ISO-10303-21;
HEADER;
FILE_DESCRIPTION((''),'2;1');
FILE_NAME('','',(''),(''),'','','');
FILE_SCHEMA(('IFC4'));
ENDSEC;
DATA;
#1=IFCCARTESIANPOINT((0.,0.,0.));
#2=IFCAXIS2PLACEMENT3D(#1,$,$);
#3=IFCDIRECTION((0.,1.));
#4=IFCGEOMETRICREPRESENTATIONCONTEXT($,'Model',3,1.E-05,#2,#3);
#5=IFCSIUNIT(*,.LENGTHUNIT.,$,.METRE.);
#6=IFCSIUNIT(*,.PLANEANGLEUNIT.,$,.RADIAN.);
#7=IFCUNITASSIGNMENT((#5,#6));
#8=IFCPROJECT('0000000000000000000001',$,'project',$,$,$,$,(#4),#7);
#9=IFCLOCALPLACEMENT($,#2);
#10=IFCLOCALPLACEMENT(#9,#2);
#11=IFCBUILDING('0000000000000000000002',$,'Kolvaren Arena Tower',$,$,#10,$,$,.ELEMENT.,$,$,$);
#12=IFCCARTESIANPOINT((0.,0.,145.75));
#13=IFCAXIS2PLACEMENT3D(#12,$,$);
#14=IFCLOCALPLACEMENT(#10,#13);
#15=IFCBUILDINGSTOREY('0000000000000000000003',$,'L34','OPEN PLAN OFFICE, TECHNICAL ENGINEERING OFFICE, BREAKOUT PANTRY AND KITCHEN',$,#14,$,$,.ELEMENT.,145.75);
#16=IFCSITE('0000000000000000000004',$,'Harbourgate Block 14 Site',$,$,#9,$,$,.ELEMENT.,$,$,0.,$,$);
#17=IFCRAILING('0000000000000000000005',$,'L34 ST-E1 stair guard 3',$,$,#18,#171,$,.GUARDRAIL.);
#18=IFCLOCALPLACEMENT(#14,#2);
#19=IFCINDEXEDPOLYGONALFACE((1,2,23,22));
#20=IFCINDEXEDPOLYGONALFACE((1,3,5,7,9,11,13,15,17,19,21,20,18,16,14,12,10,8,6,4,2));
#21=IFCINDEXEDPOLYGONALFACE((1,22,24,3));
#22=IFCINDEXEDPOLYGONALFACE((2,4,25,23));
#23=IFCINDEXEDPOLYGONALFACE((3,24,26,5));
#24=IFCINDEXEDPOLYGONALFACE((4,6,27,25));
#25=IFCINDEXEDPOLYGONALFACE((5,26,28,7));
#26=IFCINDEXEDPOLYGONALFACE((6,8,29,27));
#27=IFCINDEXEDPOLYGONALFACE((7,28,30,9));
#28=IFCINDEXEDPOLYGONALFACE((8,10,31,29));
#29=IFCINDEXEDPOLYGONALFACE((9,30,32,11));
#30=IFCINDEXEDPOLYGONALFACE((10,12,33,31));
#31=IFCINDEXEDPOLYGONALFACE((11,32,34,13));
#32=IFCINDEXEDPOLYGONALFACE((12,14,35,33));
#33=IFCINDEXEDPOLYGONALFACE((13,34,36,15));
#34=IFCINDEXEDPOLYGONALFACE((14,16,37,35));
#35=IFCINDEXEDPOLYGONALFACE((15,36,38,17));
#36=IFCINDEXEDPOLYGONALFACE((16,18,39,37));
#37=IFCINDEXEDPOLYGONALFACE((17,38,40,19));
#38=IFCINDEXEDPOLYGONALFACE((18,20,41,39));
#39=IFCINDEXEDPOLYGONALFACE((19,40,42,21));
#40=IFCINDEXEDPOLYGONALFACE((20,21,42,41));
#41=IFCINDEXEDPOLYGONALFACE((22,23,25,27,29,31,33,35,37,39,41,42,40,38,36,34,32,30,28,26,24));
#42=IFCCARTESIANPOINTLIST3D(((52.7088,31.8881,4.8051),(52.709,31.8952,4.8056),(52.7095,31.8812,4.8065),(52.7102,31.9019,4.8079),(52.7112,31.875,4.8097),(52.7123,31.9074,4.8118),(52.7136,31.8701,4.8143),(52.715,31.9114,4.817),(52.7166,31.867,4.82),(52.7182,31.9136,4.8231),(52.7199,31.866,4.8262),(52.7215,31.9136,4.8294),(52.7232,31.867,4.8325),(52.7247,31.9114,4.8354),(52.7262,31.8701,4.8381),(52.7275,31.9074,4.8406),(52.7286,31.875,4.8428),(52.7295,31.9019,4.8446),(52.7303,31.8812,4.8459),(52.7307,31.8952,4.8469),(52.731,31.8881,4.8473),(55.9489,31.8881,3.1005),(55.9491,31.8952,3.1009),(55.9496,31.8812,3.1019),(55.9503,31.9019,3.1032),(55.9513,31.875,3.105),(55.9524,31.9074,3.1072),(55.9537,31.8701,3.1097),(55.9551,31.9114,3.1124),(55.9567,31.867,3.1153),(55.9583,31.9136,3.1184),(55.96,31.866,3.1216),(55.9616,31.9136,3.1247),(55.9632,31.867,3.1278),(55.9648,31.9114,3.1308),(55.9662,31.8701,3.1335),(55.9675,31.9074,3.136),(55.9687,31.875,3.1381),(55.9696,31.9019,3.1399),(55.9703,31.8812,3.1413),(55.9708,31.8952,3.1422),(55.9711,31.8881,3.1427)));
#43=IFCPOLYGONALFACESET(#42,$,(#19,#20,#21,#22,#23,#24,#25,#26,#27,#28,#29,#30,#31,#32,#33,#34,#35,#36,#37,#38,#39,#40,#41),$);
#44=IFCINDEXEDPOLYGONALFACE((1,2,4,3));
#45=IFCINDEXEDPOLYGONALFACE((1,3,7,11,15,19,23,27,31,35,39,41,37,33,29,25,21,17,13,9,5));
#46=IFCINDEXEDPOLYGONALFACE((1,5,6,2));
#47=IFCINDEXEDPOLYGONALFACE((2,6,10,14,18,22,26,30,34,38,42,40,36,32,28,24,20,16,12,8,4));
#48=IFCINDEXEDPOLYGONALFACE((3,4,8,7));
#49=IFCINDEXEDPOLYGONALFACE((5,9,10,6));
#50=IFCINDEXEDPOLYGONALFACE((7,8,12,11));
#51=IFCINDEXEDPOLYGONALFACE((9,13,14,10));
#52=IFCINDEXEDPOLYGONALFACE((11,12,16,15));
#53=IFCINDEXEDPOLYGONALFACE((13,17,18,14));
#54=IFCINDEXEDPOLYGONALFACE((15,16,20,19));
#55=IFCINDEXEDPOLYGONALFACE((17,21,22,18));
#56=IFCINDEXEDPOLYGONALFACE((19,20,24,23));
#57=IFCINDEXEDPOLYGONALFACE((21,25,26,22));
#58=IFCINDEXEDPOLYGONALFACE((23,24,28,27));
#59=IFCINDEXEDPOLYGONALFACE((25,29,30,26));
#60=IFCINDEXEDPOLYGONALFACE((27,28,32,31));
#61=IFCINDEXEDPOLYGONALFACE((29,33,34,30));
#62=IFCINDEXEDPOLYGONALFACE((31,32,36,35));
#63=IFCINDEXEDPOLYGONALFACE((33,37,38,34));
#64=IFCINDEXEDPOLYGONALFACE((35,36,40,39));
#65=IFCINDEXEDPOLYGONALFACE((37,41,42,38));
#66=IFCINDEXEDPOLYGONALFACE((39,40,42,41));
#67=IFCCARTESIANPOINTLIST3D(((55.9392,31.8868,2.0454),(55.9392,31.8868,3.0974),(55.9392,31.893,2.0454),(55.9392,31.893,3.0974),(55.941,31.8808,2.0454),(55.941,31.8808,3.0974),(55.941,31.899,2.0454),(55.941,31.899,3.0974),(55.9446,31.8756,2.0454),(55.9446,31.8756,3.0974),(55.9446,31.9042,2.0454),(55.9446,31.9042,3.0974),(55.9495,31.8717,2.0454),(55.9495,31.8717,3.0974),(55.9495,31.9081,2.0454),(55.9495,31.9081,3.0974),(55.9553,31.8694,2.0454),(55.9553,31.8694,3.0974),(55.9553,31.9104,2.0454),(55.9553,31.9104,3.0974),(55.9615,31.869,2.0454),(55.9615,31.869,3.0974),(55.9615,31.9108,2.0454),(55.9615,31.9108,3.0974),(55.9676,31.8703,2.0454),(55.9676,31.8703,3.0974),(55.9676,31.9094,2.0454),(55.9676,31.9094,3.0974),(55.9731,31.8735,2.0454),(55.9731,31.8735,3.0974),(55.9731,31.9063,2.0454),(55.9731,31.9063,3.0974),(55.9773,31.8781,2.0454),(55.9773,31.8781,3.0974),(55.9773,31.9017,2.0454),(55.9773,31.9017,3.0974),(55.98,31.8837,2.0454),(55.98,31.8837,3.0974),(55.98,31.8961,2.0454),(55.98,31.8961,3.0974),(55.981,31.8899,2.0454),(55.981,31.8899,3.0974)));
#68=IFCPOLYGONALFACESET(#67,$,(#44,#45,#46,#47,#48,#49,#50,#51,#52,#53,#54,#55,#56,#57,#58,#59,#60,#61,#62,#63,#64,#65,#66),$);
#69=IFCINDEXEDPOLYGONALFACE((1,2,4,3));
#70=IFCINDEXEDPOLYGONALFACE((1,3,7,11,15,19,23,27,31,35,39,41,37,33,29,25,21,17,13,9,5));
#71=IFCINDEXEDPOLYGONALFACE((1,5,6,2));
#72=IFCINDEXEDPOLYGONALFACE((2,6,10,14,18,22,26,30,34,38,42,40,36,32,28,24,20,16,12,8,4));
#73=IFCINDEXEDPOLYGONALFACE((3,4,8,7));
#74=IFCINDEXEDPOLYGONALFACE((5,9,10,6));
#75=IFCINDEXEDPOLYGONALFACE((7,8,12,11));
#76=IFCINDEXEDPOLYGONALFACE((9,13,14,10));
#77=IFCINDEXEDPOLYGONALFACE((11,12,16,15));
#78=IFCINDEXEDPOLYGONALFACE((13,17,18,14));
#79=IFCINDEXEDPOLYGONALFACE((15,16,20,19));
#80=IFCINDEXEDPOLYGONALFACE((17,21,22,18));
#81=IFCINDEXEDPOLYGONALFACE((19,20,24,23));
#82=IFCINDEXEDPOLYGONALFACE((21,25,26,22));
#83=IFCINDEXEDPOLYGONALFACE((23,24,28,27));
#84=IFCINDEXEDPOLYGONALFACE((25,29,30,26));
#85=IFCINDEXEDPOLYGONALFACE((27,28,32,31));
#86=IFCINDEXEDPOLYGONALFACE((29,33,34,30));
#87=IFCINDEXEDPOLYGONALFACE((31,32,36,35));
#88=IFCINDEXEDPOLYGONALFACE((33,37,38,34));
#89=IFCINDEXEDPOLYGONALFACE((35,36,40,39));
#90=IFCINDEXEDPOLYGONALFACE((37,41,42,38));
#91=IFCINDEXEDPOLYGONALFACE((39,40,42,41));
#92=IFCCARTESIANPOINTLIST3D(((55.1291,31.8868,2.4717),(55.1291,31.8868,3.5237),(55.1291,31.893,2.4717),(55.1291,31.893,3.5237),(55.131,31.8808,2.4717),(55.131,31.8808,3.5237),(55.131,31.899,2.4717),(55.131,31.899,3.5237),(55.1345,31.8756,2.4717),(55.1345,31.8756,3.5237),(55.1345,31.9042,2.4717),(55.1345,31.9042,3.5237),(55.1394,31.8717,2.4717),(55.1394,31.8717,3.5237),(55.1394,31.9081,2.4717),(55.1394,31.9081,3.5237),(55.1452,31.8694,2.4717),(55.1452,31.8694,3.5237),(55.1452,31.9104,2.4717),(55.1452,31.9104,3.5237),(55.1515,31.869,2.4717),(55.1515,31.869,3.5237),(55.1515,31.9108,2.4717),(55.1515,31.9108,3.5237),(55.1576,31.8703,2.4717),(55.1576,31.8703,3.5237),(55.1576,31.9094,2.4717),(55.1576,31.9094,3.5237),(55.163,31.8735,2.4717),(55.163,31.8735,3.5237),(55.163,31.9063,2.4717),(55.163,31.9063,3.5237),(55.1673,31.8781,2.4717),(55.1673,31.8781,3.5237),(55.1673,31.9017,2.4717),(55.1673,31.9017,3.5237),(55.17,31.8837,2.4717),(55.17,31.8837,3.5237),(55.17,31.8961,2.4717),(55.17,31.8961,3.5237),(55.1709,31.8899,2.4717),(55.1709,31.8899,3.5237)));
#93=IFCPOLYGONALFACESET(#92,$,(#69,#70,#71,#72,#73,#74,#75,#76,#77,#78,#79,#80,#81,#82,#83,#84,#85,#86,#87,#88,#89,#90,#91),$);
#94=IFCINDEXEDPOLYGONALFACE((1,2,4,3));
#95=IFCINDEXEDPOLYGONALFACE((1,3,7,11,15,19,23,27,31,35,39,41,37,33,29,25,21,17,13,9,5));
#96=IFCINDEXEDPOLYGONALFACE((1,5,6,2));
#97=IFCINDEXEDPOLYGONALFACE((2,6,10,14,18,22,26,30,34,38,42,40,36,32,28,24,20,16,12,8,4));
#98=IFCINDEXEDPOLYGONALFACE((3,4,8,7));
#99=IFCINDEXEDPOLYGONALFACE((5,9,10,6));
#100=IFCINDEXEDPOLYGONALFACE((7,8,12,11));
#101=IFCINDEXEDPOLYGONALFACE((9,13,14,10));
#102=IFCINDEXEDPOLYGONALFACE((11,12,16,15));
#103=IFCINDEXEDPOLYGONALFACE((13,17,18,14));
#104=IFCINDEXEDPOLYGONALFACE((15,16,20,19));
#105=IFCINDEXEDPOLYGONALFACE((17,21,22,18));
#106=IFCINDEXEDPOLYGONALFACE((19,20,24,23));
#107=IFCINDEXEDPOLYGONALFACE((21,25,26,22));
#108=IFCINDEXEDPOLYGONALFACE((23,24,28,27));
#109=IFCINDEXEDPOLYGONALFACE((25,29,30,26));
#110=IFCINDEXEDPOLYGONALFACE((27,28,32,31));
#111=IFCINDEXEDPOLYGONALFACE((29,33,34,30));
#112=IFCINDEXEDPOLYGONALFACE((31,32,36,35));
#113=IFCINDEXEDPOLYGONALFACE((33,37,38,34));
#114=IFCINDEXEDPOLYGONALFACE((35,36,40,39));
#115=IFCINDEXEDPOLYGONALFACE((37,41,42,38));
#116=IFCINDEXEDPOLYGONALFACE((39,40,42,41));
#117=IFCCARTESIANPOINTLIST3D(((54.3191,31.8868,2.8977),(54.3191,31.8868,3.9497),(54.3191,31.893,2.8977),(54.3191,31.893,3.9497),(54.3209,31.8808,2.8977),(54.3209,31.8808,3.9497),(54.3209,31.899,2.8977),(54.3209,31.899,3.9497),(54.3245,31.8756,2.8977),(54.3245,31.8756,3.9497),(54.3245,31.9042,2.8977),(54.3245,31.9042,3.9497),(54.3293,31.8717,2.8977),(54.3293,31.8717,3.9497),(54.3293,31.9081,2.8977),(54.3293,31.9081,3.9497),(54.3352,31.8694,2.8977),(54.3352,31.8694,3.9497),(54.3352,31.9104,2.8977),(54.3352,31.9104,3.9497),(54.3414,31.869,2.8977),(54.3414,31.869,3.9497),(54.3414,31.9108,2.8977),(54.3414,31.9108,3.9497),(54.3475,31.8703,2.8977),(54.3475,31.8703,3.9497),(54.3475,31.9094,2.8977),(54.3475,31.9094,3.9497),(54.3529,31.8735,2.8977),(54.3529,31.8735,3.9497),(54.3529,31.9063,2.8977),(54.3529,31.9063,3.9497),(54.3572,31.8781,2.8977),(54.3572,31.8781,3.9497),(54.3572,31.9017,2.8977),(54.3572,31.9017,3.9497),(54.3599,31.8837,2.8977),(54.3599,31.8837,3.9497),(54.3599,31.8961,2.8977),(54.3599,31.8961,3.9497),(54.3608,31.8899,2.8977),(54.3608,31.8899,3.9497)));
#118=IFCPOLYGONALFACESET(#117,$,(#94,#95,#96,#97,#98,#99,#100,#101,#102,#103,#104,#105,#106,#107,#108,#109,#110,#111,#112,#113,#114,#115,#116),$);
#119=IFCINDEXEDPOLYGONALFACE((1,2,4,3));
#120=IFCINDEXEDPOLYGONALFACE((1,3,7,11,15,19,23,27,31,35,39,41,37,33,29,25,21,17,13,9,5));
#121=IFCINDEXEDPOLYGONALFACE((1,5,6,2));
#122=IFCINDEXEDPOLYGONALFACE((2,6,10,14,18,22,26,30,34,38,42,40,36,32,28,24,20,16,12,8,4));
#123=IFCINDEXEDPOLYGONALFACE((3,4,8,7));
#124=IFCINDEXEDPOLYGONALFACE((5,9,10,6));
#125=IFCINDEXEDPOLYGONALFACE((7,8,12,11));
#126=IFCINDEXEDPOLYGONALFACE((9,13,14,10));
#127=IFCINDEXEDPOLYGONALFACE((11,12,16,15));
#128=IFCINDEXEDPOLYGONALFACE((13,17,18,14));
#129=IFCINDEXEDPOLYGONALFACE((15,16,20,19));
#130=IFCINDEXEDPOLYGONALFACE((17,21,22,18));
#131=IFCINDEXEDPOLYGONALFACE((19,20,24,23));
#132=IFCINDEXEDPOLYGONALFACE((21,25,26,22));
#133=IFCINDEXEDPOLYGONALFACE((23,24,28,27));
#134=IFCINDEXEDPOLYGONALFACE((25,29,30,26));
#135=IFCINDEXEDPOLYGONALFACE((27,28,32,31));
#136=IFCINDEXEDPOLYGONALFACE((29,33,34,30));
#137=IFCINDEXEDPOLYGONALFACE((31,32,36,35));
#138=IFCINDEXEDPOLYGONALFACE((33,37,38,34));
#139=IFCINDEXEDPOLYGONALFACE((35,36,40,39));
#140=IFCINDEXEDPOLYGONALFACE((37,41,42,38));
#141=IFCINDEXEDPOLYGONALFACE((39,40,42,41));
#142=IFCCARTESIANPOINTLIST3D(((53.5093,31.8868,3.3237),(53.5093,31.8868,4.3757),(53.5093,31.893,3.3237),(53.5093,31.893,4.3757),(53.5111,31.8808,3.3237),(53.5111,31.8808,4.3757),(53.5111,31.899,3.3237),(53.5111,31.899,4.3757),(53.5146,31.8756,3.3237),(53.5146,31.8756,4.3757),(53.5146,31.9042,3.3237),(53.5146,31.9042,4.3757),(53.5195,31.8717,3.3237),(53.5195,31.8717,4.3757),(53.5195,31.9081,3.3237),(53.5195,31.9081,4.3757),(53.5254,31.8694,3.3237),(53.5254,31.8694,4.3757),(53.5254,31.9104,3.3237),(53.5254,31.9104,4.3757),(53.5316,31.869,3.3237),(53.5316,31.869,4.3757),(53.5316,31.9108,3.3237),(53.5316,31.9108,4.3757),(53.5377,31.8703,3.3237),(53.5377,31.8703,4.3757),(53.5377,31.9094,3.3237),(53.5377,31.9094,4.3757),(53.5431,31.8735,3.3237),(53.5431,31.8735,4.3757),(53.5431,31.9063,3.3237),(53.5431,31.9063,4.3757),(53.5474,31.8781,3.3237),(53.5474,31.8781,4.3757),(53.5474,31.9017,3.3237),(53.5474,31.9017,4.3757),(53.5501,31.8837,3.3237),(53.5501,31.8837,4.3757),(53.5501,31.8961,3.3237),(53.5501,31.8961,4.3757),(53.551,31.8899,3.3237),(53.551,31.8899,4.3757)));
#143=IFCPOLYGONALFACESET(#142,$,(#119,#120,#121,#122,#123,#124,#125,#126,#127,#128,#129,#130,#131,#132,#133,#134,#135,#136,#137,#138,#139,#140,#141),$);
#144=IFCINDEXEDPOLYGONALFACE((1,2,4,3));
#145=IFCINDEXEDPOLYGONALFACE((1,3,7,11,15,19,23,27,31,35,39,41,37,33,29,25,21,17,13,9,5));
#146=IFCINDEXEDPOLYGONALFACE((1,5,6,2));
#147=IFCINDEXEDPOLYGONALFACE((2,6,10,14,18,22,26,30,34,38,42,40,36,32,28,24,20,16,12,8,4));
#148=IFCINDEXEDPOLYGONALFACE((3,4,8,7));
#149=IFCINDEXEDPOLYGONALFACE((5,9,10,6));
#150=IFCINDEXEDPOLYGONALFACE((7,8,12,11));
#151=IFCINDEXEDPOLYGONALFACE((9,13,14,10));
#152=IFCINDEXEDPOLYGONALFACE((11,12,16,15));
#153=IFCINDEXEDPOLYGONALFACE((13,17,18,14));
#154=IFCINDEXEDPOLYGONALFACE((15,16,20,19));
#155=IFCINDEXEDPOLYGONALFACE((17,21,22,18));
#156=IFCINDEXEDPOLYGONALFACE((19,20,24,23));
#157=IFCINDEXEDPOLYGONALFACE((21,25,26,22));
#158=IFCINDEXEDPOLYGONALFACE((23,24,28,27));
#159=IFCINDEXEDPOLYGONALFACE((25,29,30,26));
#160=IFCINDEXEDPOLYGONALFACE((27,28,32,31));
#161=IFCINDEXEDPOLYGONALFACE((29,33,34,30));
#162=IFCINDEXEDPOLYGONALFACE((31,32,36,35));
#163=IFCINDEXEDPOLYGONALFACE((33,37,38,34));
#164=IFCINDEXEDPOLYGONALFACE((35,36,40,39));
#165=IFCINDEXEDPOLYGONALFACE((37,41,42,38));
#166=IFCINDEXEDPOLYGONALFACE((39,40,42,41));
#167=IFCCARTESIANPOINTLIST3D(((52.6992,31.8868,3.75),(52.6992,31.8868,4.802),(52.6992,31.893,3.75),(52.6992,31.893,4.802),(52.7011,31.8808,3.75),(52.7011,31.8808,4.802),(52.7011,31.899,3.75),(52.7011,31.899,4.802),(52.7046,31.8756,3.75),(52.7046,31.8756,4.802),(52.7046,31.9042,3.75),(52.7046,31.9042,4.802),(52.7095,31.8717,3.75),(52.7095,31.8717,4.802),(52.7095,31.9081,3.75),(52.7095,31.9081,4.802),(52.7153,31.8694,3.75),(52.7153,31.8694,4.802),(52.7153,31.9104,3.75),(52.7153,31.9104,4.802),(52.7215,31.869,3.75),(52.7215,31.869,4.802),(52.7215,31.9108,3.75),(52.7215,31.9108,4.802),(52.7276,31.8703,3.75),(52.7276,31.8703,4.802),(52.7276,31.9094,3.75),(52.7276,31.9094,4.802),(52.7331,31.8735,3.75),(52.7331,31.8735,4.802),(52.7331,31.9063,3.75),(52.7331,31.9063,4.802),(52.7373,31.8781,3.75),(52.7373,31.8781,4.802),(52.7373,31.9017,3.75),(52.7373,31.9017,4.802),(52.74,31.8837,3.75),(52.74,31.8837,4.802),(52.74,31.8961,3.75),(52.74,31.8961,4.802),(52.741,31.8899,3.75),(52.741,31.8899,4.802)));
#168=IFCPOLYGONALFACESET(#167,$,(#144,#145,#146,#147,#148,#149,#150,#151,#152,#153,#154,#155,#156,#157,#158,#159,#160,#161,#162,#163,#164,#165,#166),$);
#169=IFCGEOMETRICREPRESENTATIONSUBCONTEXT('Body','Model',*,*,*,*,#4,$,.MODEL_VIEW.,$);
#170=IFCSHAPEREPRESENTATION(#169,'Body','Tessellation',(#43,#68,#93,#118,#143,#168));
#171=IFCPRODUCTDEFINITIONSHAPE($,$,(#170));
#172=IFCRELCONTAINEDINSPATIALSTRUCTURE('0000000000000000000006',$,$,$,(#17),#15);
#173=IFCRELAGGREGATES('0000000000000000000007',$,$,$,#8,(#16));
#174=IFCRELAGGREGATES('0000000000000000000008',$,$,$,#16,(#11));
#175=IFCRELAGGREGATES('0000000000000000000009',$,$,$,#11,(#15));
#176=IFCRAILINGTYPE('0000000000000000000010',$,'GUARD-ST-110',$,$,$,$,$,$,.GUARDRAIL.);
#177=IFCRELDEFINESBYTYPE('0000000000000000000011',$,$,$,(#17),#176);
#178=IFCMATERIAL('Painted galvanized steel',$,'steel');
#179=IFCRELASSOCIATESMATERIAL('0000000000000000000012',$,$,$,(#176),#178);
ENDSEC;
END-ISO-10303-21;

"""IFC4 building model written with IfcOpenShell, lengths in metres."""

from ifc_helpers import new_model, si_unit, direction, frame, origin, origin_2d, place, context, subcontext, project, spatial, circle, extrude, material, type_object, element, save


model = new_model("IFC4")

# Units and contexts
model_context = context("Model", 3, precision=1e-05, world=origin(), true_north=direction((0.0, 1.0)))
body_context = subcontext(model_context, "Body", "Model", "MODEL_VIEW")
ifc_project = project(units=[si_unit("LENGTHUNIT", "METRE"), si_unit("PLANEANGLEUNIT", "RADIAN")], contexts=[model_context])

# Site, building, storey
site_placement = place(None, origin())
site = spatial("IfcSite", under=ifc_project, at=site_placement, Name="Harbourgate Block 14 Site", CompositionType="ELEMENT", RefElevation=0.0)
building_placement = place(site_placement, origin())
building = spatial("IfcBuilding", under=site, at=building_placement, Name="Kolvaren Arena Tower", CompositionType="ELEMENT")
storey_placement = place(building_placement, frame((0.0, 0.0, 145.75)))
storey = spatial("IfcBuildingStorey", under=building, at=storey_placement, Name="L34", Description="OPEN PLAN OFFICE, TECHNICAL ENGINEERING OFFICE, BREAKOUT PANTRY AND KITCHEN", CompositionType="ELEMENT", Elevation=145.75)

# Railing
ifc_material_1 = material(Name="Painted galvanized steel", Category="steel")
railing_type_1 = type_object("IfcRailingType", Name="GUARD-ST-110", PredefinedType="GUARDRAIL", material=ifc_material_1)
railing_1_placement = place(storey_placement, frame((55.96, 31.8899, 2.0454)))
element("IfcRailing", 1, at=railing_1_placement, inside=storey, type_object=railing_type_1, Name="L34 ST-E1 stair guard 3", PredefinedType="GUARDRAIL", context=body_context, shape_type="SweptSolid", body=[
    extrude(circle(Radius=0.0239, at=origin_2d()), frame((0.0, 0.0, 1.0762), z_axis=(-0.884993, 0.0, 0.465604), x_axis=(0.0, -1.0, 0.0)), (0.0, 0.0, 1.0), 3.6611),
    extrude(circle(Radius=0.021, at=origin_2d()), origin(), (0.0, 0.0, 1.0), 1.052),
    extrude(circle(Radius=0.021, at=origin_2d()), frame((-0.8101, 0.0, 0.4263)), (0.0, 0.0, 1.0), 1.052),
    extrude(circle(Radius=0.021, at=origin_2d()), frame((-1.6201, 0.0, 0.8523)), (0.0, 0.0, 1.0), 1.052),
    extrude(circle(Radius=0.021, at=origin_2d()), frame((-2.4299, 0.0, 1.2783)), (0.0, 0.0, 1.0), 1.052),
    extrude(circle(Radius=0.021, at=origin_2d()), frame((-3.24, 0.0, 1.7046)), (0.0, 0.0, 1.0), 1.052),
])

save(model, "model.ifc")
